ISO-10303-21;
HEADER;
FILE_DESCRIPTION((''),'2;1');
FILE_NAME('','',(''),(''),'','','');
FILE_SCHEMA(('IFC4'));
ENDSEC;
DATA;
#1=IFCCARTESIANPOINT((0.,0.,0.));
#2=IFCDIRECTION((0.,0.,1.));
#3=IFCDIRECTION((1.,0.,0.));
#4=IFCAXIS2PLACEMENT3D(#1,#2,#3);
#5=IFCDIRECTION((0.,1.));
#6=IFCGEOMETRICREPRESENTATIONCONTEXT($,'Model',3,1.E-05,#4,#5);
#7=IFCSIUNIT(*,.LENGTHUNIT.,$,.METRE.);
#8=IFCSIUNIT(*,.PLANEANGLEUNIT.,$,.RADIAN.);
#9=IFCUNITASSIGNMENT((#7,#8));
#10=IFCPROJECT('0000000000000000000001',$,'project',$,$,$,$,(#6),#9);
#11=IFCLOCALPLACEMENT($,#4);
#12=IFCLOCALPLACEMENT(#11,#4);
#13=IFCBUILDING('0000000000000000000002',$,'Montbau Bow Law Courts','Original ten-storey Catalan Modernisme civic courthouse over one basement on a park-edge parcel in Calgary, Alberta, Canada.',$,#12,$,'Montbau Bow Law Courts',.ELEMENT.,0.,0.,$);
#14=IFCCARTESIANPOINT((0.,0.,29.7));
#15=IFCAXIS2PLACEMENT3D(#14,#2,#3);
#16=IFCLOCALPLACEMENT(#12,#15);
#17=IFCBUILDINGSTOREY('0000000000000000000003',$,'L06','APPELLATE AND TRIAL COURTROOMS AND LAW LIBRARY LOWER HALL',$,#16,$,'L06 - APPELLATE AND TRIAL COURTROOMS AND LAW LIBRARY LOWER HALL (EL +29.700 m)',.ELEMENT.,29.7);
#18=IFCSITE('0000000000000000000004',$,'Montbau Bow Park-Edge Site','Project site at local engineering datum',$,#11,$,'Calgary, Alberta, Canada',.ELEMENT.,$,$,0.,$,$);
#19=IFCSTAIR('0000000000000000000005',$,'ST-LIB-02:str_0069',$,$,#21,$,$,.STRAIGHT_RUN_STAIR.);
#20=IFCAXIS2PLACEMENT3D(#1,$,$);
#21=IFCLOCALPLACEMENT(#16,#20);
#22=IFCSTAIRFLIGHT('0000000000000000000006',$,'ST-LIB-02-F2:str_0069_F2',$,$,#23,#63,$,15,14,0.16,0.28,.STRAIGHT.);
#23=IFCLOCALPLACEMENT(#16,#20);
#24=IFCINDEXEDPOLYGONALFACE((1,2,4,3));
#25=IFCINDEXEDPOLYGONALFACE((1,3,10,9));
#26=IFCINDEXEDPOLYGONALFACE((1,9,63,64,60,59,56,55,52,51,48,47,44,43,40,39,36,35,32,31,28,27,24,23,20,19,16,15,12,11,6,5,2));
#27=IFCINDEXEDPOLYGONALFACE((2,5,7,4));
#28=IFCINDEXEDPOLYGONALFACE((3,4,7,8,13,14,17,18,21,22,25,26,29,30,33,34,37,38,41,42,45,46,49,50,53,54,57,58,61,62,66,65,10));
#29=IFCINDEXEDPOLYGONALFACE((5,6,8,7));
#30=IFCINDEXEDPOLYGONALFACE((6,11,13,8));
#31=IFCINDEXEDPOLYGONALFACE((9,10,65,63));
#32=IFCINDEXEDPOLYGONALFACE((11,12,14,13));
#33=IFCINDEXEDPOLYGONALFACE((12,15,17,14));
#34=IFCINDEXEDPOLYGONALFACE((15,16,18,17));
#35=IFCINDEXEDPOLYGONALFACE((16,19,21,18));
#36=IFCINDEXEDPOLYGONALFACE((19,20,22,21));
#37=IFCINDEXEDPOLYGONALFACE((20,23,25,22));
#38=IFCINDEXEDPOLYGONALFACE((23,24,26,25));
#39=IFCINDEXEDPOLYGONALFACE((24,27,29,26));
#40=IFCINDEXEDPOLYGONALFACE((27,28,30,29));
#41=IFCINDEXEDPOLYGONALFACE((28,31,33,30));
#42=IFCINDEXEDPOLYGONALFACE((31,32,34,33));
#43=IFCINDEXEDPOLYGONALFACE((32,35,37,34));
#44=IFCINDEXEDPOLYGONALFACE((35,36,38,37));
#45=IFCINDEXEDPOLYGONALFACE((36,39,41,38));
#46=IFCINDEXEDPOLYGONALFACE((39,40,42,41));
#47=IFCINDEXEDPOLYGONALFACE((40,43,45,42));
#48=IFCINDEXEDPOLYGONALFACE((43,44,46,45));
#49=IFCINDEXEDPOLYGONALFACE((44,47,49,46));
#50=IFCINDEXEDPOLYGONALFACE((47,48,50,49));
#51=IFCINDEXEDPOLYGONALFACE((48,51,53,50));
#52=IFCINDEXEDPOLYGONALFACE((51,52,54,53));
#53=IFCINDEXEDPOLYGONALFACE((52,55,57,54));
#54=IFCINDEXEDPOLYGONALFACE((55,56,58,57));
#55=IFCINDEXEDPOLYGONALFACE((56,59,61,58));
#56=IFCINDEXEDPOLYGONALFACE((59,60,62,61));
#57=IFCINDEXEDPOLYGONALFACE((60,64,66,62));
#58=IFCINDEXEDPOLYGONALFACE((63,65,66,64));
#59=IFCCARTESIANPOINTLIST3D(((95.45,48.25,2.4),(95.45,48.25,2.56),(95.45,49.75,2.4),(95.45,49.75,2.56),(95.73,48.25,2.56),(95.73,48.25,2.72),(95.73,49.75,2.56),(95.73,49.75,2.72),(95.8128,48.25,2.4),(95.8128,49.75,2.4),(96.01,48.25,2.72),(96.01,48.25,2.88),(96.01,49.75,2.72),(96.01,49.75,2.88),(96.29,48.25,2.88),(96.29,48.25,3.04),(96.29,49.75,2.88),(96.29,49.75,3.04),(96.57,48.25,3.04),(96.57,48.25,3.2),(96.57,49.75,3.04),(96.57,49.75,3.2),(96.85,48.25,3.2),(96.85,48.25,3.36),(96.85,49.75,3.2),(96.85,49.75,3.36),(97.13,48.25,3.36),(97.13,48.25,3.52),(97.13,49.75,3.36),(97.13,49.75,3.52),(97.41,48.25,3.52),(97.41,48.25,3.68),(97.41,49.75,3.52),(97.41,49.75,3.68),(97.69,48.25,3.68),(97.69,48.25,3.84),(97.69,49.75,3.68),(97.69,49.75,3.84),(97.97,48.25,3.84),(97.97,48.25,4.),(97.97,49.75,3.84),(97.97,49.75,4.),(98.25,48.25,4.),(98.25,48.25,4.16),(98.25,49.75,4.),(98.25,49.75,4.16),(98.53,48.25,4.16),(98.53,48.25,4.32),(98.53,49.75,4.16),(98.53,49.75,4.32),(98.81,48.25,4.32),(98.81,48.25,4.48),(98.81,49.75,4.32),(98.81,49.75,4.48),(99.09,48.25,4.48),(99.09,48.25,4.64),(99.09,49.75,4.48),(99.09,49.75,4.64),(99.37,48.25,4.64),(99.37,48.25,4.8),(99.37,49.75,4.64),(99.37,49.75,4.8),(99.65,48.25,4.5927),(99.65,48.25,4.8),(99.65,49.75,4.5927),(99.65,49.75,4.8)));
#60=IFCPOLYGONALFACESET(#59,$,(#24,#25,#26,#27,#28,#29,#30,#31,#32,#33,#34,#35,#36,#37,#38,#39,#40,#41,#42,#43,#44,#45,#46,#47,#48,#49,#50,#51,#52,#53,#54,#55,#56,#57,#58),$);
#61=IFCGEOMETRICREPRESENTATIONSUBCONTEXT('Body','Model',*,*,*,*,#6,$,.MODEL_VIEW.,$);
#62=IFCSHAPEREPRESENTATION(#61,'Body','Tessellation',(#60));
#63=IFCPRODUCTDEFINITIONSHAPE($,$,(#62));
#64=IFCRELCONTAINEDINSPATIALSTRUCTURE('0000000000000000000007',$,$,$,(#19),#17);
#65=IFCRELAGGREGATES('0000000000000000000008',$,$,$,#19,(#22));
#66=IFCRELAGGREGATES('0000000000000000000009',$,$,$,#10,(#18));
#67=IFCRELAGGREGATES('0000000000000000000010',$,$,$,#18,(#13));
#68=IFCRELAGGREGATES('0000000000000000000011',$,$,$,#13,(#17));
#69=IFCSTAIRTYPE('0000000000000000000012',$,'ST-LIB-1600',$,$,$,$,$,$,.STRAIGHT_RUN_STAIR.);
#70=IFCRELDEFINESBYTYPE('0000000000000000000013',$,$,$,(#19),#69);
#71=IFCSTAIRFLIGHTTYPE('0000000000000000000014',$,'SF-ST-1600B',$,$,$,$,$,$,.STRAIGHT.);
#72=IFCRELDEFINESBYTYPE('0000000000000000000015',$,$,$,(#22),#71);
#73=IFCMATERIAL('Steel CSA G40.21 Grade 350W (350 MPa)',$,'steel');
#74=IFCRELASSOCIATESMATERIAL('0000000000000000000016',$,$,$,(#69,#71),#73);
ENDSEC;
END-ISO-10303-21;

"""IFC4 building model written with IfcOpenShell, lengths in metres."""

from ifc_helpers import new_model, si_unit, direction, frame, origin_with_axes, place, context, subcontext, project, spatial, polyline, outline, extrude, material, type_object, element, aggregate, save


model = new_model("IFC4")

# Units and contexts
model_context = context("Model", 3, precision=1e-05, world=origin_with_axes(), true_north=direction((0.0, 1.0)))
body_context = subcontext(model_context, "Body", "Model", "MODEL_VIEW")
ifc_project = project(units=[si_unit("LENGTHUNIT", "METRE"), si_unit("PLANEANGLEUNIT", "RADIAN")], contexts=[model_context])

# Site, building, storey
site_placement = place(None, origin_with_axes())
site = spatial("IfcSite", under=ifc_project, at=site_placement, Name="Montbau Bow Park-Edge Site", Description="Project site at local engineering datum", LongName="Calgary, Alberta, Canada", CompositionType="ELEMENT", RefElevation=0.0)
building_placement = place(site_placement, origin_with_axes())
building = spatial("IfcBuilding", under=site, at=building_placement, Name="Montbau Bow Law Courts", Description="Original ten-storey Catalan Modernisme civic courthouse over one basement on a park-edge parcel in Calgary, Alberta, Canada.", LongName="Montbau Bow Law Courts", CompositionType="ELEMENT", ElevationOfRefHeight=0.0, ElevationOfTerrain=0.0)
storey_placement = place(building_placement, frame((0.0, 0.0, 29.7), z_axis=(0.0, 0.0, 1.0), x_axis=(1.0, 0.0, 0.0)))
storey = spatial("IfcBuildingStorey", under=building, at=storey_placement, Name="L06", Description="APPELLATE AND TRIAL COURTROOMS AND LAW LIBRARY LOWER HALL", LongName="L06 - APPELLATE AND TRIAL COURTROOMS AND LAW LIBRARY LOWER HALL (EL +29.700 m)", CompositionType="ELEMENT", Elevation=29.7)

# Shared definitions
ifc_material_1 = material(Name="Steel CSA G40.21 Grade 350W (350 MPa)", Category="steel")

# Stair, stair flight
stair_type = type_object("IfcStairType", Name="ST-LIB-1600", PredefinedType="STRAIGHT_RUN_STAIR", material=ifc_material_1)
stair_placement = place(None, frame((89.2, 49.0, 29.7), z_axis=(0.0, 0.0, 1.0), x_axis=(1.0, 0.0, 0.0)))
stair = element("IfcStair", 1, at=stair_placement, inside=storey, type_object=stair_type, Name="ST-LIB-02:str_0069", PredefinedType="STRAIGHT_RUN_STAIR")
stair_flight_type = type_object("IfcStairFlightType", Name="SF-ST-1600B", PredefinedType="STRAIGHT", material=ifc_material_1)
stair_flight_1_placement = place(None, frame((95.45, 49.0, 32.1), z_axis=(0.0, 0.0, 1.0), x_axis=(1.0, 0.0, 0.0)))
stair_flight_1 = element("IfcStairFlight", 2, at=stair_flight_1_placement, type_object=stair_flight_type, Name="ST-LIB-02-F2:str_0069_F2", NumberOfRisers=15, NumberOfTreads=14, PredefinedType="STRAIGHT", RiserHeight=0.16, TreadLength=0.28, context=body_context, shape_type="SweptSolid", body=[
    extrude(outline(polyline([(0.0, 0.0), (0.0, 0.16), (0.28, 0.16), (0.28, 0.32), (0.56, 0.32), (0.56, 0.48), (0.84, 0.48), (0.84, 0.64), (1.12, 0.64), (1.12, 0.8), (1.4, 0.8), (1.4, 0.96), (1.68, 0.96), (1.68, 1.12), (1.96, 1.12), (1.96, 1.28), (2.24, 1.28), (2.24, 1.44), (2.52, 1.44), (2.52, 1.6), (2.8, 1.6), (2.8, 1.76), (3.08, 1.76), (3.08, 1.92), (3.36, 1.92), (3.36, 2.08), (3.64, 2.08), (3.64, 2.24), (3.92, 2.24), (3.92, 2.4), (4.2, 2.4), (4.2, 2.1927), (0.3628, 0.0), (0.0, 0.0)])), frame((0.0, 0.75, 0.0), z_axis=(0.0, -1.0, 0.0), x_axis=(1.0, 0.0, 0.0)), (0.0, 0.0, 1.0), 1.5),
])
aggregate(stair, [stair_flight_1])

save(model, "model.ifc")
